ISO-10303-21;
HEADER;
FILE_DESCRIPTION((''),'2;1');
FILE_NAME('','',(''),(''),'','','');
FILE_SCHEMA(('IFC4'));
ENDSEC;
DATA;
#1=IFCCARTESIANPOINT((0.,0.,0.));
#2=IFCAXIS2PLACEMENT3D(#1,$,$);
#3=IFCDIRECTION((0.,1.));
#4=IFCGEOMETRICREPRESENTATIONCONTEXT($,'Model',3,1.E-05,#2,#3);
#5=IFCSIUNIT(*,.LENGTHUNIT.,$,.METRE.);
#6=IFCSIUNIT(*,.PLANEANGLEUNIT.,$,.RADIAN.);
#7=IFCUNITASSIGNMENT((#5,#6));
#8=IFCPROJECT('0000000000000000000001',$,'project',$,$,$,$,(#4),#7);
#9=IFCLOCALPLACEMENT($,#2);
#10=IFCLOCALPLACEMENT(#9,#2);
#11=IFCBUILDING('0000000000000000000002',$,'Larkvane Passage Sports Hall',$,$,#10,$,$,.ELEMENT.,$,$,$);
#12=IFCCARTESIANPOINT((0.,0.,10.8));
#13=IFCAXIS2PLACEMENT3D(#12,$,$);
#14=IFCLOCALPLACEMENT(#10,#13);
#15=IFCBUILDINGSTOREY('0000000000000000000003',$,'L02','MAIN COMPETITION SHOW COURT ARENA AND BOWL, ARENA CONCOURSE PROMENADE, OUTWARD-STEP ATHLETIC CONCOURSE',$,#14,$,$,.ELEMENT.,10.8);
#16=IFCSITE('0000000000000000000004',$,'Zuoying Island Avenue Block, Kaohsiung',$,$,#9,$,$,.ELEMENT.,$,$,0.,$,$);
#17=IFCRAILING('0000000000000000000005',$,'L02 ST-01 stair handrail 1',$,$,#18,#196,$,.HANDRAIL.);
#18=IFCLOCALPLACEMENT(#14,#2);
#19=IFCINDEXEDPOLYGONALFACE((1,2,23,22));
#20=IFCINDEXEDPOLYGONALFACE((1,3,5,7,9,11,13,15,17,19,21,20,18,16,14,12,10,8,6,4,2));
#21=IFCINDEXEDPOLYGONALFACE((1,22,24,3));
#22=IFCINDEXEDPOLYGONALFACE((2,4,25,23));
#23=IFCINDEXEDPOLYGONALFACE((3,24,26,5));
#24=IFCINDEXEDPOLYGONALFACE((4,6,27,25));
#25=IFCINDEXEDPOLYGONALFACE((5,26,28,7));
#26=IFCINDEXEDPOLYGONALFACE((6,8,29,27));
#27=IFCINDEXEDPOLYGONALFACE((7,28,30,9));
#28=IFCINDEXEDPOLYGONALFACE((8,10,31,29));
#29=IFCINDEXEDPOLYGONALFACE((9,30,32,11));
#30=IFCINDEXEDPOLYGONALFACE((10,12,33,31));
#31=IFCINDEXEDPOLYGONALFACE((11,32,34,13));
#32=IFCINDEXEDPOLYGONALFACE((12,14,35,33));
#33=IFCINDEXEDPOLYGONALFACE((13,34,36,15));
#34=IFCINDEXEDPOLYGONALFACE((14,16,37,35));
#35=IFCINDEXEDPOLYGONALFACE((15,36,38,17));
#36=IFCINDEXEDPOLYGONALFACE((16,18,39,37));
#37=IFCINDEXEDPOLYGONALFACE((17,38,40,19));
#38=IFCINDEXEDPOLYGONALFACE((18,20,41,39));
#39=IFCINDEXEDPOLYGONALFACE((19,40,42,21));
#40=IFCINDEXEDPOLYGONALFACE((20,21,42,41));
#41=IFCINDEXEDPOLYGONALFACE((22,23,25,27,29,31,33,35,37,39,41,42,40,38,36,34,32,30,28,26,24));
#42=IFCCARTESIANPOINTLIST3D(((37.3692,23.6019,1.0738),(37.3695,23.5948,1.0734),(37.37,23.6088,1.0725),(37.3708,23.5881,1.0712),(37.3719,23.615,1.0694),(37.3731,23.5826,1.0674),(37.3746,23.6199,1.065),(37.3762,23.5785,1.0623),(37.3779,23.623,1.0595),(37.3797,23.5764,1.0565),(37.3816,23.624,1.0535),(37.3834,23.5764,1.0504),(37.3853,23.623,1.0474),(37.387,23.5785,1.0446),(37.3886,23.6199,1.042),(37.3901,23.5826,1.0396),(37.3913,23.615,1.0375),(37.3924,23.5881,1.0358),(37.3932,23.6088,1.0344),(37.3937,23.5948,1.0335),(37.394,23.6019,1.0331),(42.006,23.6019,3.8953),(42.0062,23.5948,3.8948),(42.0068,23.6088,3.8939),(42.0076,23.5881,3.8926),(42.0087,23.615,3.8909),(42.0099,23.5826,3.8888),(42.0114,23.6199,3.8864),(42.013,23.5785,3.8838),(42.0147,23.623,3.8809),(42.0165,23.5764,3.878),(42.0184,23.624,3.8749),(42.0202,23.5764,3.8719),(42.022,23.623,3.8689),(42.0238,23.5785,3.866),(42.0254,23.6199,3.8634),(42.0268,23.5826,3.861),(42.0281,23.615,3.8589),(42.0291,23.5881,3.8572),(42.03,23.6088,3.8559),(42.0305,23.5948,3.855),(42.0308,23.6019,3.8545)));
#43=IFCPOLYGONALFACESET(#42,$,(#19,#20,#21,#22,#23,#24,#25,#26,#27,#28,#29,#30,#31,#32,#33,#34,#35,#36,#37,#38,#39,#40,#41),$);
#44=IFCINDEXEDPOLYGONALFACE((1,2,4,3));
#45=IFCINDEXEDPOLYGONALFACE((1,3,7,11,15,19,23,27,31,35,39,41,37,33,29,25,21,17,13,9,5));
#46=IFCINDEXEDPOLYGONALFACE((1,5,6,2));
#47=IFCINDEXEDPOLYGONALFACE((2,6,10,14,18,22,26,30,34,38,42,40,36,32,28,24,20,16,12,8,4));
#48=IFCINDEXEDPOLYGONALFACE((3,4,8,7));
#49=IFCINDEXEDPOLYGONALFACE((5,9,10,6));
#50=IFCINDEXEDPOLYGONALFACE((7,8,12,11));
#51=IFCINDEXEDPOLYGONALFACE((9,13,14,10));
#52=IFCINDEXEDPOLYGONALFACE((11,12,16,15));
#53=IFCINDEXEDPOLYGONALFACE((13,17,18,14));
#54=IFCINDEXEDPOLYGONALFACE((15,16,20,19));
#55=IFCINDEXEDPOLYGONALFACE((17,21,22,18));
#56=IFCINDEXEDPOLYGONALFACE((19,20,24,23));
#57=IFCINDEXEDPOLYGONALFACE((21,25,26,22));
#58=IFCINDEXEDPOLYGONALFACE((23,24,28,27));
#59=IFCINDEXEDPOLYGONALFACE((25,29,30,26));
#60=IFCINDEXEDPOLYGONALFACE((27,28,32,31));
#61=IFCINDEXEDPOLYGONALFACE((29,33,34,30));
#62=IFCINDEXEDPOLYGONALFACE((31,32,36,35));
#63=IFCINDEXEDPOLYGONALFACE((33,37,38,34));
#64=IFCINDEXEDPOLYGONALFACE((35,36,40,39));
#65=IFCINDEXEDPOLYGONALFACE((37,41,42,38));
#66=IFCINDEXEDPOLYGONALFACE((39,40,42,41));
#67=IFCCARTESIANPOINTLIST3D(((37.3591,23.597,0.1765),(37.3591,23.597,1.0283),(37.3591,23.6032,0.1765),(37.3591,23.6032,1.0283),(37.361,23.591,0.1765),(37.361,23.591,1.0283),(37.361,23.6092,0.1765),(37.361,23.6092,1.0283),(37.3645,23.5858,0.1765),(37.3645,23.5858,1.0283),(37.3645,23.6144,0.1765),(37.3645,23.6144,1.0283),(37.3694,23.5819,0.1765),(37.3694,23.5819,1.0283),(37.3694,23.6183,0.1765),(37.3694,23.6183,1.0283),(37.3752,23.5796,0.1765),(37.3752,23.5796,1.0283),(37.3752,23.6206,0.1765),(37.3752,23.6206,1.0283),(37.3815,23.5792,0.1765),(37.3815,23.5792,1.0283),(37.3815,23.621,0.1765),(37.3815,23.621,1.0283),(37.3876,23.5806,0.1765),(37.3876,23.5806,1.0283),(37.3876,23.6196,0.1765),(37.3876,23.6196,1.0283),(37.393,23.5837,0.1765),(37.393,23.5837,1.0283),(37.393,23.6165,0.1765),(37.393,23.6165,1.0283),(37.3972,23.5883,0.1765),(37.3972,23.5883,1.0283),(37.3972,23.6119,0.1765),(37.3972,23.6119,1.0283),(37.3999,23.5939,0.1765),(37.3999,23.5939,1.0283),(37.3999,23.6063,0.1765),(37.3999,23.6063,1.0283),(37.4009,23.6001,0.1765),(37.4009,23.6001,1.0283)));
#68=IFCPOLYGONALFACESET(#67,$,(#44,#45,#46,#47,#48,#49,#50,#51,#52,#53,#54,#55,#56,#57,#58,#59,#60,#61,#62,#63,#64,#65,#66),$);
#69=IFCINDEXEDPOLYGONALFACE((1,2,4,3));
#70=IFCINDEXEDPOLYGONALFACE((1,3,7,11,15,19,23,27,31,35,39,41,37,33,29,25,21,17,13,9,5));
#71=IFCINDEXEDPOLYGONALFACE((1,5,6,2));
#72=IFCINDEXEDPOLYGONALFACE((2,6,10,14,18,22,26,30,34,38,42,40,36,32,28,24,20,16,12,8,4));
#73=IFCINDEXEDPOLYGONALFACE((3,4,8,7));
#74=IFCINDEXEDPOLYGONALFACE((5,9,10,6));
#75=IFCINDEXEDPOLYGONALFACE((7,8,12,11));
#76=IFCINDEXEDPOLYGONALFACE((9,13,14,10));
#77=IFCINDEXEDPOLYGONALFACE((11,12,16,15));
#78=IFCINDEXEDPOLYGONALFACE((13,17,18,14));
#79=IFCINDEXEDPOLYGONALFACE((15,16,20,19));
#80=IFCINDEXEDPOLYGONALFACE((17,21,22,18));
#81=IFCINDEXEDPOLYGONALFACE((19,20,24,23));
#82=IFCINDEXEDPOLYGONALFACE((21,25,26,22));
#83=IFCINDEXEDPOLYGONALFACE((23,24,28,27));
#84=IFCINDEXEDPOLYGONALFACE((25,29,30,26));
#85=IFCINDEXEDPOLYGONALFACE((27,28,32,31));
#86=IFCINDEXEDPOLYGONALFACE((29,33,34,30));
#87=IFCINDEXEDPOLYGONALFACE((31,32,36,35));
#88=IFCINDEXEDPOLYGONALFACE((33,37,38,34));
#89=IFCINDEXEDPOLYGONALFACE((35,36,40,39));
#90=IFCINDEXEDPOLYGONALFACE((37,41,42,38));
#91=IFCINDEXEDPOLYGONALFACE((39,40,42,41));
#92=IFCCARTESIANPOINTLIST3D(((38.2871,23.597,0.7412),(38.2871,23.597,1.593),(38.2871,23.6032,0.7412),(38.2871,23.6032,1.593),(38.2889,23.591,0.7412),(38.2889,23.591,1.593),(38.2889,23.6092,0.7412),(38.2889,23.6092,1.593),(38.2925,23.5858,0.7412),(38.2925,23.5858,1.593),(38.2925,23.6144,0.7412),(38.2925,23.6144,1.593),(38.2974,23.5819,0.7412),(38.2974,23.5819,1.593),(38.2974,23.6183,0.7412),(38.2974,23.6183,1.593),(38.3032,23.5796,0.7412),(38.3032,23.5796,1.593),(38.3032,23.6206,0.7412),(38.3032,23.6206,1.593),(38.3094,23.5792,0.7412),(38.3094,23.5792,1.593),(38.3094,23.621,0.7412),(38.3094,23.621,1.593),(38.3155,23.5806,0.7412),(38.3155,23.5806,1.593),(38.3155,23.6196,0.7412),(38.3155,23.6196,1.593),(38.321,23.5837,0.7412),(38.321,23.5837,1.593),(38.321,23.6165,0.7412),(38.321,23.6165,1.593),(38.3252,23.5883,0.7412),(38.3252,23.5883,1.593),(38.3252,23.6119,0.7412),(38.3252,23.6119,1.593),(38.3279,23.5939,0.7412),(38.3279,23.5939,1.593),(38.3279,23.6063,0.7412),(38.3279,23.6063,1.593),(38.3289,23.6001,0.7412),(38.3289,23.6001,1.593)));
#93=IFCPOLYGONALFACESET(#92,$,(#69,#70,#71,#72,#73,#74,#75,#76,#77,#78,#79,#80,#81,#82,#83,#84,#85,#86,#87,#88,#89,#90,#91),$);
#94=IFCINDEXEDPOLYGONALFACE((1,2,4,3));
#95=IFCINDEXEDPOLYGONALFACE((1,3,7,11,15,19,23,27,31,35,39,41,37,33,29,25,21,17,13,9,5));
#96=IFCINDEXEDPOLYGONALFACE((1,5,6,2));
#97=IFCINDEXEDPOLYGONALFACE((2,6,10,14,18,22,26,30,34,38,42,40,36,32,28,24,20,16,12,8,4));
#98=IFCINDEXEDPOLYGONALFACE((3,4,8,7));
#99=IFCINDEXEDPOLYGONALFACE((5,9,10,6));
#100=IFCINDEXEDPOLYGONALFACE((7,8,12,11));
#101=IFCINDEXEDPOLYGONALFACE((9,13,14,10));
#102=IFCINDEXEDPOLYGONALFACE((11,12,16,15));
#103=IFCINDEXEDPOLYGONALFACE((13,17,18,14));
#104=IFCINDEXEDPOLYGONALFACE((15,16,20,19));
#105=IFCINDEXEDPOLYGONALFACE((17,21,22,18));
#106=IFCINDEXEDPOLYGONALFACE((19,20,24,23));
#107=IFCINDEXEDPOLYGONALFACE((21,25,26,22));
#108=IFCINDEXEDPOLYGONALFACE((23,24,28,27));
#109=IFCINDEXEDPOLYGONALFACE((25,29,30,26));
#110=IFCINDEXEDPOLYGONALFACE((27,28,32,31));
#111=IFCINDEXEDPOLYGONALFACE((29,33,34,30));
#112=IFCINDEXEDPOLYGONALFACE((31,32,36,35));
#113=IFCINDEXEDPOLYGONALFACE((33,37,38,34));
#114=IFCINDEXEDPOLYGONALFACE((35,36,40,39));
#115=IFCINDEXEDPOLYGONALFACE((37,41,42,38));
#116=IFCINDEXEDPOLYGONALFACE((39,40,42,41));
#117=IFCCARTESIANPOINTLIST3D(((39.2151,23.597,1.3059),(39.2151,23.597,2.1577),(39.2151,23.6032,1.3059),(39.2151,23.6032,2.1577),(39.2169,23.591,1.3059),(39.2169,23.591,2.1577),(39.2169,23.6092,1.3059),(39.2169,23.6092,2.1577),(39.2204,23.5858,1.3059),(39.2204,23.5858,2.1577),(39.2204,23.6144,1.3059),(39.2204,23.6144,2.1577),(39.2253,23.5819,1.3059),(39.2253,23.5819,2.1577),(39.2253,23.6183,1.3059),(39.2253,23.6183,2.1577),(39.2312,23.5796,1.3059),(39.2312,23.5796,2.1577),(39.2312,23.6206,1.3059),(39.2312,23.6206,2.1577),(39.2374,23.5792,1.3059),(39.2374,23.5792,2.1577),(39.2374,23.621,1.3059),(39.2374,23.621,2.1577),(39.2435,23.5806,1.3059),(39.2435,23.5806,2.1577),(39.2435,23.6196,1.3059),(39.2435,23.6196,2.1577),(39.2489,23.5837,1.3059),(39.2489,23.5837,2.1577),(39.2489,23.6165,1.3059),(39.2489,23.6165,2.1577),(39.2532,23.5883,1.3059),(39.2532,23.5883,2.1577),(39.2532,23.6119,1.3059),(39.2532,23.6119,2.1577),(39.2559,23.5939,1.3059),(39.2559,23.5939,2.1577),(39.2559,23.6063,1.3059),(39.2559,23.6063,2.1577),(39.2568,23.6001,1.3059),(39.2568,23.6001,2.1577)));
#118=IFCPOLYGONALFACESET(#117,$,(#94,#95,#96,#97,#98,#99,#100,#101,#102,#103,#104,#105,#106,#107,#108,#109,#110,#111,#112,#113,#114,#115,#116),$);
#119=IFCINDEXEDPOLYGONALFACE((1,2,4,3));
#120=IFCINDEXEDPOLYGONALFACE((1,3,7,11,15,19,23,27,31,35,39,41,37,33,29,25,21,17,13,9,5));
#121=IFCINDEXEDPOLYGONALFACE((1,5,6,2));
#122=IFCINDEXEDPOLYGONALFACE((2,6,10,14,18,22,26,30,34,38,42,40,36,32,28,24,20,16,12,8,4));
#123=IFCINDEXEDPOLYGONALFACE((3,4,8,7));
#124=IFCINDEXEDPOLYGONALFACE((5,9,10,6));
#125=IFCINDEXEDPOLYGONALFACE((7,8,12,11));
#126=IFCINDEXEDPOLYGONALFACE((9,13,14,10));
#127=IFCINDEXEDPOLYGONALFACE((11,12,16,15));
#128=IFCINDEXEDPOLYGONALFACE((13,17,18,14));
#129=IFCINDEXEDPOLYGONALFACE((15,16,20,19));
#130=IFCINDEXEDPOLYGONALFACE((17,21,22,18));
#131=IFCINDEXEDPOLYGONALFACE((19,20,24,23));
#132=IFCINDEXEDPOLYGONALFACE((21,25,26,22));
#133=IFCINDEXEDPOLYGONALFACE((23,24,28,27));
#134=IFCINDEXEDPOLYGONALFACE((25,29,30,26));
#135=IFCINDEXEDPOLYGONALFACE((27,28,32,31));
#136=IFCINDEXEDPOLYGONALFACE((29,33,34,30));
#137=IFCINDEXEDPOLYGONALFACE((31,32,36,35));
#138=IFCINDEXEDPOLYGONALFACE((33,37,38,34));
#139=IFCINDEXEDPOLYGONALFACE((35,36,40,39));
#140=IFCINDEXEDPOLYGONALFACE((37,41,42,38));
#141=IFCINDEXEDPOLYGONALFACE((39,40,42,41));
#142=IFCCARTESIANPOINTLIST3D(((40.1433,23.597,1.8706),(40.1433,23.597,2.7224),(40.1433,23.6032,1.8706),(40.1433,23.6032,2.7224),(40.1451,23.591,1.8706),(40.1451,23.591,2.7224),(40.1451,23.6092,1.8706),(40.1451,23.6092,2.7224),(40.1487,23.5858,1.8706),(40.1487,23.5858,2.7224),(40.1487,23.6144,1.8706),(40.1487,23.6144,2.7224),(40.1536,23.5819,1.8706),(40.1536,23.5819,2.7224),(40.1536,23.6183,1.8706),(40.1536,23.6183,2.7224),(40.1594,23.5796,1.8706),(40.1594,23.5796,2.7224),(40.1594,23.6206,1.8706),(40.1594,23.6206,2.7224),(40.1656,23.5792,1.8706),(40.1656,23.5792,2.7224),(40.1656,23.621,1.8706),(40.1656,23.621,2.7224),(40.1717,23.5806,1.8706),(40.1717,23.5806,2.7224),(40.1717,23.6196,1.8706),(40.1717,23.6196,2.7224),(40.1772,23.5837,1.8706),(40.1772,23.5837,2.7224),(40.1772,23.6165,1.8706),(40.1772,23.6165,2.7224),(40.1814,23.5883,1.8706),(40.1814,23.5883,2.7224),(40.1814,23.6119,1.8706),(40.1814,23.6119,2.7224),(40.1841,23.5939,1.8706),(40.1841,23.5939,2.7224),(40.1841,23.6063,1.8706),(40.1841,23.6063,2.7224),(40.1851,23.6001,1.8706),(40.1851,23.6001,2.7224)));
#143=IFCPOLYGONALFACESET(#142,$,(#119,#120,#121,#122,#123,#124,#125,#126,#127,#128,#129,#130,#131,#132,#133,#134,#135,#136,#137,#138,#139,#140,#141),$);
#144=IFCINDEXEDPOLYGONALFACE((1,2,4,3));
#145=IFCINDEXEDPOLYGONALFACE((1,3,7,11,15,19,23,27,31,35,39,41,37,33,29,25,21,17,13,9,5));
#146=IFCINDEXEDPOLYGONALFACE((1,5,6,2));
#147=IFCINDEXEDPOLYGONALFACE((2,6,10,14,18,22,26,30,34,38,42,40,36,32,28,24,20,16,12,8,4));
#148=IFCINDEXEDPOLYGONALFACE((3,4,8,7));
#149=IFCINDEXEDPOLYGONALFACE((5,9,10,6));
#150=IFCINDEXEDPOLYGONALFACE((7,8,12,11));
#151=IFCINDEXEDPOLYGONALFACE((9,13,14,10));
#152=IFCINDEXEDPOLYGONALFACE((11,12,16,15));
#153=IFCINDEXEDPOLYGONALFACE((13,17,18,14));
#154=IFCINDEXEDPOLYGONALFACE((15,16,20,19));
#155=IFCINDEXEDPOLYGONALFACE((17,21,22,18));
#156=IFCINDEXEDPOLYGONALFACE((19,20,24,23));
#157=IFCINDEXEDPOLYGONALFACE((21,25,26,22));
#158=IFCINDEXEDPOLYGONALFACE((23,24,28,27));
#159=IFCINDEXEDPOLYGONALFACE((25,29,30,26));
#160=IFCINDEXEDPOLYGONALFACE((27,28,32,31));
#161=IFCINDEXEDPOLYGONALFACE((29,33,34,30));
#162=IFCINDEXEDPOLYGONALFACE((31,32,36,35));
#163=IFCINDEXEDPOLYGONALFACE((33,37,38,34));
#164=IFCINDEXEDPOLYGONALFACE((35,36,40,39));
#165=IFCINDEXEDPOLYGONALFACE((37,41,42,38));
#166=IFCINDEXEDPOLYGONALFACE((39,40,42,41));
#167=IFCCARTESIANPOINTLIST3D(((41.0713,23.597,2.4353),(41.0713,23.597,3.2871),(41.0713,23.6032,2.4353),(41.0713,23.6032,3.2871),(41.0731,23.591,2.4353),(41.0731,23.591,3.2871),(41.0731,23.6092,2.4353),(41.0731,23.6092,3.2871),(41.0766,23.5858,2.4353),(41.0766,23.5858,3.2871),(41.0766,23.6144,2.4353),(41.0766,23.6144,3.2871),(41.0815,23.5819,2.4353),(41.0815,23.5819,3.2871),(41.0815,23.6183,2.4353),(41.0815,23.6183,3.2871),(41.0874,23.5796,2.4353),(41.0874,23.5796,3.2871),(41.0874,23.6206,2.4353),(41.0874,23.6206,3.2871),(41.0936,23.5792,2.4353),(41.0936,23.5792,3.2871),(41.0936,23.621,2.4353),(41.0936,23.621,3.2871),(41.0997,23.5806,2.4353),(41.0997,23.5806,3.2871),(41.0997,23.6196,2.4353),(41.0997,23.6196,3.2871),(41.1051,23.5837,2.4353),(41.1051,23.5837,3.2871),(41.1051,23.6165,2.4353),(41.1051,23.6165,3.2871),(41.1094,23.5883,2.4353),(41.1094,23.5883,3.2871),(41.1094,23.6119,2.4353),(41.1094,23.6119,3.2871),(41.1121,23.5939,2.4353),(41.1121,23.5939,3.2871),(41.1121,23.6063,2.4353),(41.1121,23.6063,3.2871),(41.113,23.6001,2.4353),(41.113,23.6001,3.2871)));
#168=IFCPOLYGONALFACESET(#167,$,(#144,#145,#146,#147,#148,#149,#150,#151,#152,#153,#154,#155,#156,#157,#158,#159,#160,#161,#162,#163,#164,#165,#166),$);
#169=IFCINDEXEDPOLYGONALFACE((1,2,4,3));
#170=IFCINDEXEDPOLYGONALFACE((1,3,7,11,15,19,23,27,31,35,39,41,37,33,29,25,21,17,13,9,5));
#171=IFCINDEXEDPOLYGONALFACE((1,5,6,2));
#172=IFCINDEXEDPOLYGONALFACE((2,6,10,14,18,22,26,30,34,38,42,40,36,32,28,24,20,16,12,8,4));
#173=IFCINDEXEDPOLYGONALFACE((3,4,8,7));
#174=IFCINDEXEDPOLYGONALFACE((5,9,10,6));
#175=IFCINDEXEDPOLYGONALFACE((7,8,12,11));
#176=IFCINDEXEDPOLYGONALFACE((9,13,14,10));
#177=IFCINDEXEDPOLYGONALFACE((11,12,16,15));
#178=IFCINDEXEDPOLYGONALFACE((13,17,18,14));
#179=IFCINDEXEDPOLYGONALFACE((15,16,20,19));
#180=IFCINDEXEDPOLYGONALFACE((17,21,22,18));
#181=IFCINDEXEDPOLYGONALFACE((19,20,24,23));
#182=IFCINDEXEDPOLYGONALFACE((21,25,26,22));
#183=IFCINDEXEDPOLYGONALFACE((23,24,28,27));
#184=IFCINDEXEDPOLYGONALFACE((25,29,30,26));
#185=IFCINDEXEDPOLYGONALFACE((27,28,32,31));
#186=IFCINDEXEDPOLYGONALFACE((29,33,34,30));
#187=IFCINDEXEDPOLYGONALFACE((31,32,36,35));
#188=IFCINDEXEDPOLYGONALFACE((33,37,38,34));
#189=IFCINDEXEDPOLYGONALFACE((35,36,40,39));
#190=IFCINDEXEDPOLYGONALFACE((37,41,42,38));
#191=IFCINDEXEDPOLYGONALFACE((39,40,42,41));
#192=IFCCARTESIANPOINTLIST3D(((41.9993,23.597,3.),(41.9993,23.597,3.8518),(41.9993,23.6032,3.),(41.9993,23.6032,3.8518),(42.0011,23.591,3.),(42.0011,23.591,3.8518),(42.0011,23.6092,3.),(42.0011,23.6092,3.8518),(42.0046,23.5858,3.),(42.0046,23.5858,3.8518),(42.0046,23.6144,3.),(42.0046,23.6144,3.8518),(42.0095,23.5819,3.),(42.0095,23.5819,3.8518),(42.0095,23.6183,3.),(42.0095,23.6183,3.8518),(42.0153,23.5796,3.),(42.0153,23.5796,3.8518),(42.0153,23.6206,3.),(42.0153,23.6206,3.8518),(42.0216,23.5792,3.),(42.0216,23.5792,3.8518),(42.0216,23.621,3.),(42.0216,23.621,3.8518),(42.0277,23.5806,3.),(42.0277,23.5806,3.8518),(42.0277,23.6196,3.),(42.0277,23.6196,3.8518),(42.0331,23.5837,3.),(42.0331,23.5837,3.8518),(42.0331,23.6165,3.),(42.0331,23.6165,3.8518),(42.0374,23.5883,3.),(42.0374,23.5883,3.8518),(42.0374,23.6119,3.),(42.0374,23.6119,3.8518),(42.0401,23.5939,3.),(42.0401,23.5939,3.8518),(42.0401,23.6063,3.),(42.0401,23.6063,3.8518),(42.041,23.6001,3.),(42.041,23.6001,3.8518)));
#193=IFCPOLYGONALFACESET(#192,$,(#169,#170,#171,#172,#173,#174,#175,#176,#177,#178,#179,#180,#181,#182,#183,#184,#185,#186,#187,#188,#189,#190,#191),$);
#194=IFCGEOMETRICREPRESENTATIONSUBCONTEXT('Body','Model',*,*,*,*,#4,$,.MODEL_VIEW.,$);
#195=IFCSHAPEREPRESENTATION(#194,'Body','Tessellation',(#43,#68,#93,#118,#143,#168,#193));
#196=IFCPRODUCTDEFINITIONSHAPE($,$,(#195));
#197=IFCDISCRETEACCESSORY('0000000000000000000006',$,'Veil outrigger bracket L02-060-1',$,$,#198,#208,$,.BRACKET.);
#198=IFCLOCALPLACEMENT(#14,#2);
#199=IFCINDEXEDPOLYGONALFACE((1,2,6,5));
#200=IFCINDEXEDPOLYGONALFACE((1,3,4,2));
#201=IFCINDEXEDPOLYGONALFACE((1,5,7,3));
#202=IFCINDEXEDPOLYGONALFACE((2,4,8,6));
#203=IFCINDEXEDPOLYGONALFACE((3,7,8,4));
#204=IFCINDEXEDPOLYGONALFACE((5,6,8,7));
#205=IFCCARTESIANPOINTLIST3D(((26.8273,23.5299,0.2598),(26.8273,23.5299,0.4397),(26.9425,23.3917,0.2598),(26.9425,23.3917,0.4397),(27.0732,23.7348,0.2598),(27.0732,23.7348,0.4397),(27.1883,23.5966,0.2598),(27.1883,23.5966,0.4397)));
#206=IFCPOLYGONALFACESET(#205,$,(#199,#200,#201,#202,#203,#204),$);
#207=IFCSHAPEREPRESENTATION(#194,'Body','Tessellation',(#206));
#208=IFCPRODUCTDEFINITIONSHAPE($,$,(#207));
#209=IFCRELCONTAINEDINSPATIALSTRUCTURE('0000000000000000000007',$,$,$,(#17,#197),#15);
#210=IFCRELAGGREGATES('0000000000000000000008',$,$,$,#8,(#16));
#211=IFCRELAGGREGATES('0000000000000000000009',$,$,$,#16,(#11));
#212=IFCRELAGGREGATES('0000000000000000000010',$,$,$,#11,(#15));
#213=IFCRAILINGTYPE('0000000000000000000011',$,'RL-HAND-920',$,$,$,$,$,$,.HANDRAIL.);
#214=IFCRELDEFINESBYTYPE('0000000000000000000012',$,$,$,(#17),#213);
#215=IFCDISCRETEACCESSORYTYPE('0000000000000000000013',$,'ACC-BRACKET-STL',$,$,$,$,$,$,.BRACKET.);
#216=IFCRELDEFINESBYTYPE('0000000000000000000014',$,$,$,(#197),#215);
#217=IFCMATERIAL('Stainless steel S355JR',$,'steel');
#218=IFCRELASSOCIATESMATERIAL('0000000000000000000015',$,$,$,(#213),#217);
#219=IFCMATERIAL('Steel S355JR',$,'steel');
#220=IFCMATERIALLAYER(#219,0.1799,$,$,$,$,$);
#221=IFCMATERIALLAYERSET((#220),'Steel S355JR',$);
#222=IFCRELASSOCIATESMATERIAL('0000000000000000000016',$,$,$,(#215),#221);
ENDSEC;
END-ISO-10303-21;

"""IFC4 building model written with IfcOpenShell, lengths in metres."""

from ifc_helpers import new_model, si_unit, direction, frame, origin, origin_2d, place, context, subcontext, project, spatial, rectangle, circle, extrude, material, layer, layer_set, type_object, element, save


model = new_model("IFC4")

# Units and contexts
model_context = context("Model", 3, precision=1e-05, world=origin(), true_north=direction((0.0, 1.0)))
body_context = subcontext(model_context, "Body", "Model", "MODEL_VIEW")
ifc_project = project(units=[si_unit("LENGTHUNIT", "METRE"), si_unit("PLANEANGLEUNIT", "RADIAN")], contexts=[model_context])

# Site, building, storey
site_placement = place(None, origin())
site = spatial("IfcSite", under=ifc_project, at=site_placement, Name="Zuoying Island Avenue Block, Kaohsiung", CompositionType="ELEMENT", RefElevation=0.0)
building_placement = place(site_placement, origin())
building = spatial("IfcBuilding", under=site, at=building_placement, Name="Larkvane Passage Sports Hall", CompositionType="ELEMENT")
storey_placement = place(building_placement, frame((0.0, 0.0, 10.8)))
storey = spatial("IfcBuildingStorey", under=building, at=storey_placement, Name="L02", Description="MAIN COMPETITION SHOW COURT ARENA AND BOWL, ARENA CONCOURSE PROMENADE, OUTWARD-STEP ATHLETIC CONCOURSE", CompositionType="ELEMENT", Elevation=10.8)

# Railing
ifc_material_1 = material(Name="Steel S355JR", Category="steel")
ifc_material_2 = material(Name="Stainless steel S355JR", Category="steel")
railing_type_1 = type_object("IfcRailingType", Name="RL-HAND-920", PredefinedType="HANDRAIL", material=ifc_material_2)
railing_1_placement = place(storey_placement, frame((37.3799, 23.6001, 0.1765)))
element("IfcRailing", 1, at=railing_1_placement, inside=storey, type_object=railing_type_1, Name="L02 ST-01 stair handrail 1", PredefinedType="HANDRAIL", context=body_context, shape_type="SweptSolid", body=[
    extrude(circle(Radius=0.0239, at=origin_2d()), frame((0.0017, 0.0, 0.877), z_axis=(0.854276, 0.0, 0.51982), x_axis=(0.0, 1.0, 0.0)), (0.0, 0.0, 1.0), 5.4277),
    extrude(circle(Radius=0.021, at=origin_2d()), origin(), (0.0, 0.0, 1.0), 0.8518),
    extrude(circle(Radius=0.021, at=origin_2d()), frame((0.928, 0.0, 0.5647)), (0.0, 0.0, 1.0), 0.8518),
    extrude(circle(Radius=0.021, at=origin_2d()), frame((1.856, 0.0, 1.1294)), (0.0, 0.0, 1.0), 0.8518),
    extrude(circle(Radius=0.021, at=origin_2d()), frame((2.7842, 0.0, 1.6941)), (0.0, 0.0, 1.0), 0.8518),
    extrude(circle(Radius=0.021, at=origin_2d()), frame((3.7122, 0.0, 2.2588)), (0.0, 0.0, 1.0), 0.8518),
    extrude(circle(Radius=0.021, at=origin_2d()), frame((4.6401, 0.0, 2.8235)), (0.0, 0.0, 1.0), 0.8518),
])

# Discrete accessory
ifc_layer_1 = layer(ifc_material_1, 0.1799)
ifc_layer_set_1 = layer_set([ifc_layer_1], Name="Steel S355JR")
discrete_accessory_type = type_object("IfcDiscreteAccessoryType", Name="ACC-BRACKET-STL", PredefinedType="BRACKET", material=ifc_layer_set_1)
discrete_accessory_placement = place(storey_placement, frame((27.0078, 23.5632, 0.2598), z_axis=(0.0, 0.0, 1.0), x_axis=(-0.640184, 0.768221, 0.0)))
element("IfcDiscreteAccessory", 2, at=discrete_accessory_placement, inside=storey, type_object=discrete_accessory_type, Name="Veil outrigger bracket L02-060-1", PredefinedType="BRACKET", context=body_context, shape_type="SweptSolid", body=[
    extrude(rectangle(XDim=0.1799, YDim=0.3201, at=origin_2d()), origin(), (0.0, 0.0, 1.0), 0.1799),
])

save(model, "model.ifc")
